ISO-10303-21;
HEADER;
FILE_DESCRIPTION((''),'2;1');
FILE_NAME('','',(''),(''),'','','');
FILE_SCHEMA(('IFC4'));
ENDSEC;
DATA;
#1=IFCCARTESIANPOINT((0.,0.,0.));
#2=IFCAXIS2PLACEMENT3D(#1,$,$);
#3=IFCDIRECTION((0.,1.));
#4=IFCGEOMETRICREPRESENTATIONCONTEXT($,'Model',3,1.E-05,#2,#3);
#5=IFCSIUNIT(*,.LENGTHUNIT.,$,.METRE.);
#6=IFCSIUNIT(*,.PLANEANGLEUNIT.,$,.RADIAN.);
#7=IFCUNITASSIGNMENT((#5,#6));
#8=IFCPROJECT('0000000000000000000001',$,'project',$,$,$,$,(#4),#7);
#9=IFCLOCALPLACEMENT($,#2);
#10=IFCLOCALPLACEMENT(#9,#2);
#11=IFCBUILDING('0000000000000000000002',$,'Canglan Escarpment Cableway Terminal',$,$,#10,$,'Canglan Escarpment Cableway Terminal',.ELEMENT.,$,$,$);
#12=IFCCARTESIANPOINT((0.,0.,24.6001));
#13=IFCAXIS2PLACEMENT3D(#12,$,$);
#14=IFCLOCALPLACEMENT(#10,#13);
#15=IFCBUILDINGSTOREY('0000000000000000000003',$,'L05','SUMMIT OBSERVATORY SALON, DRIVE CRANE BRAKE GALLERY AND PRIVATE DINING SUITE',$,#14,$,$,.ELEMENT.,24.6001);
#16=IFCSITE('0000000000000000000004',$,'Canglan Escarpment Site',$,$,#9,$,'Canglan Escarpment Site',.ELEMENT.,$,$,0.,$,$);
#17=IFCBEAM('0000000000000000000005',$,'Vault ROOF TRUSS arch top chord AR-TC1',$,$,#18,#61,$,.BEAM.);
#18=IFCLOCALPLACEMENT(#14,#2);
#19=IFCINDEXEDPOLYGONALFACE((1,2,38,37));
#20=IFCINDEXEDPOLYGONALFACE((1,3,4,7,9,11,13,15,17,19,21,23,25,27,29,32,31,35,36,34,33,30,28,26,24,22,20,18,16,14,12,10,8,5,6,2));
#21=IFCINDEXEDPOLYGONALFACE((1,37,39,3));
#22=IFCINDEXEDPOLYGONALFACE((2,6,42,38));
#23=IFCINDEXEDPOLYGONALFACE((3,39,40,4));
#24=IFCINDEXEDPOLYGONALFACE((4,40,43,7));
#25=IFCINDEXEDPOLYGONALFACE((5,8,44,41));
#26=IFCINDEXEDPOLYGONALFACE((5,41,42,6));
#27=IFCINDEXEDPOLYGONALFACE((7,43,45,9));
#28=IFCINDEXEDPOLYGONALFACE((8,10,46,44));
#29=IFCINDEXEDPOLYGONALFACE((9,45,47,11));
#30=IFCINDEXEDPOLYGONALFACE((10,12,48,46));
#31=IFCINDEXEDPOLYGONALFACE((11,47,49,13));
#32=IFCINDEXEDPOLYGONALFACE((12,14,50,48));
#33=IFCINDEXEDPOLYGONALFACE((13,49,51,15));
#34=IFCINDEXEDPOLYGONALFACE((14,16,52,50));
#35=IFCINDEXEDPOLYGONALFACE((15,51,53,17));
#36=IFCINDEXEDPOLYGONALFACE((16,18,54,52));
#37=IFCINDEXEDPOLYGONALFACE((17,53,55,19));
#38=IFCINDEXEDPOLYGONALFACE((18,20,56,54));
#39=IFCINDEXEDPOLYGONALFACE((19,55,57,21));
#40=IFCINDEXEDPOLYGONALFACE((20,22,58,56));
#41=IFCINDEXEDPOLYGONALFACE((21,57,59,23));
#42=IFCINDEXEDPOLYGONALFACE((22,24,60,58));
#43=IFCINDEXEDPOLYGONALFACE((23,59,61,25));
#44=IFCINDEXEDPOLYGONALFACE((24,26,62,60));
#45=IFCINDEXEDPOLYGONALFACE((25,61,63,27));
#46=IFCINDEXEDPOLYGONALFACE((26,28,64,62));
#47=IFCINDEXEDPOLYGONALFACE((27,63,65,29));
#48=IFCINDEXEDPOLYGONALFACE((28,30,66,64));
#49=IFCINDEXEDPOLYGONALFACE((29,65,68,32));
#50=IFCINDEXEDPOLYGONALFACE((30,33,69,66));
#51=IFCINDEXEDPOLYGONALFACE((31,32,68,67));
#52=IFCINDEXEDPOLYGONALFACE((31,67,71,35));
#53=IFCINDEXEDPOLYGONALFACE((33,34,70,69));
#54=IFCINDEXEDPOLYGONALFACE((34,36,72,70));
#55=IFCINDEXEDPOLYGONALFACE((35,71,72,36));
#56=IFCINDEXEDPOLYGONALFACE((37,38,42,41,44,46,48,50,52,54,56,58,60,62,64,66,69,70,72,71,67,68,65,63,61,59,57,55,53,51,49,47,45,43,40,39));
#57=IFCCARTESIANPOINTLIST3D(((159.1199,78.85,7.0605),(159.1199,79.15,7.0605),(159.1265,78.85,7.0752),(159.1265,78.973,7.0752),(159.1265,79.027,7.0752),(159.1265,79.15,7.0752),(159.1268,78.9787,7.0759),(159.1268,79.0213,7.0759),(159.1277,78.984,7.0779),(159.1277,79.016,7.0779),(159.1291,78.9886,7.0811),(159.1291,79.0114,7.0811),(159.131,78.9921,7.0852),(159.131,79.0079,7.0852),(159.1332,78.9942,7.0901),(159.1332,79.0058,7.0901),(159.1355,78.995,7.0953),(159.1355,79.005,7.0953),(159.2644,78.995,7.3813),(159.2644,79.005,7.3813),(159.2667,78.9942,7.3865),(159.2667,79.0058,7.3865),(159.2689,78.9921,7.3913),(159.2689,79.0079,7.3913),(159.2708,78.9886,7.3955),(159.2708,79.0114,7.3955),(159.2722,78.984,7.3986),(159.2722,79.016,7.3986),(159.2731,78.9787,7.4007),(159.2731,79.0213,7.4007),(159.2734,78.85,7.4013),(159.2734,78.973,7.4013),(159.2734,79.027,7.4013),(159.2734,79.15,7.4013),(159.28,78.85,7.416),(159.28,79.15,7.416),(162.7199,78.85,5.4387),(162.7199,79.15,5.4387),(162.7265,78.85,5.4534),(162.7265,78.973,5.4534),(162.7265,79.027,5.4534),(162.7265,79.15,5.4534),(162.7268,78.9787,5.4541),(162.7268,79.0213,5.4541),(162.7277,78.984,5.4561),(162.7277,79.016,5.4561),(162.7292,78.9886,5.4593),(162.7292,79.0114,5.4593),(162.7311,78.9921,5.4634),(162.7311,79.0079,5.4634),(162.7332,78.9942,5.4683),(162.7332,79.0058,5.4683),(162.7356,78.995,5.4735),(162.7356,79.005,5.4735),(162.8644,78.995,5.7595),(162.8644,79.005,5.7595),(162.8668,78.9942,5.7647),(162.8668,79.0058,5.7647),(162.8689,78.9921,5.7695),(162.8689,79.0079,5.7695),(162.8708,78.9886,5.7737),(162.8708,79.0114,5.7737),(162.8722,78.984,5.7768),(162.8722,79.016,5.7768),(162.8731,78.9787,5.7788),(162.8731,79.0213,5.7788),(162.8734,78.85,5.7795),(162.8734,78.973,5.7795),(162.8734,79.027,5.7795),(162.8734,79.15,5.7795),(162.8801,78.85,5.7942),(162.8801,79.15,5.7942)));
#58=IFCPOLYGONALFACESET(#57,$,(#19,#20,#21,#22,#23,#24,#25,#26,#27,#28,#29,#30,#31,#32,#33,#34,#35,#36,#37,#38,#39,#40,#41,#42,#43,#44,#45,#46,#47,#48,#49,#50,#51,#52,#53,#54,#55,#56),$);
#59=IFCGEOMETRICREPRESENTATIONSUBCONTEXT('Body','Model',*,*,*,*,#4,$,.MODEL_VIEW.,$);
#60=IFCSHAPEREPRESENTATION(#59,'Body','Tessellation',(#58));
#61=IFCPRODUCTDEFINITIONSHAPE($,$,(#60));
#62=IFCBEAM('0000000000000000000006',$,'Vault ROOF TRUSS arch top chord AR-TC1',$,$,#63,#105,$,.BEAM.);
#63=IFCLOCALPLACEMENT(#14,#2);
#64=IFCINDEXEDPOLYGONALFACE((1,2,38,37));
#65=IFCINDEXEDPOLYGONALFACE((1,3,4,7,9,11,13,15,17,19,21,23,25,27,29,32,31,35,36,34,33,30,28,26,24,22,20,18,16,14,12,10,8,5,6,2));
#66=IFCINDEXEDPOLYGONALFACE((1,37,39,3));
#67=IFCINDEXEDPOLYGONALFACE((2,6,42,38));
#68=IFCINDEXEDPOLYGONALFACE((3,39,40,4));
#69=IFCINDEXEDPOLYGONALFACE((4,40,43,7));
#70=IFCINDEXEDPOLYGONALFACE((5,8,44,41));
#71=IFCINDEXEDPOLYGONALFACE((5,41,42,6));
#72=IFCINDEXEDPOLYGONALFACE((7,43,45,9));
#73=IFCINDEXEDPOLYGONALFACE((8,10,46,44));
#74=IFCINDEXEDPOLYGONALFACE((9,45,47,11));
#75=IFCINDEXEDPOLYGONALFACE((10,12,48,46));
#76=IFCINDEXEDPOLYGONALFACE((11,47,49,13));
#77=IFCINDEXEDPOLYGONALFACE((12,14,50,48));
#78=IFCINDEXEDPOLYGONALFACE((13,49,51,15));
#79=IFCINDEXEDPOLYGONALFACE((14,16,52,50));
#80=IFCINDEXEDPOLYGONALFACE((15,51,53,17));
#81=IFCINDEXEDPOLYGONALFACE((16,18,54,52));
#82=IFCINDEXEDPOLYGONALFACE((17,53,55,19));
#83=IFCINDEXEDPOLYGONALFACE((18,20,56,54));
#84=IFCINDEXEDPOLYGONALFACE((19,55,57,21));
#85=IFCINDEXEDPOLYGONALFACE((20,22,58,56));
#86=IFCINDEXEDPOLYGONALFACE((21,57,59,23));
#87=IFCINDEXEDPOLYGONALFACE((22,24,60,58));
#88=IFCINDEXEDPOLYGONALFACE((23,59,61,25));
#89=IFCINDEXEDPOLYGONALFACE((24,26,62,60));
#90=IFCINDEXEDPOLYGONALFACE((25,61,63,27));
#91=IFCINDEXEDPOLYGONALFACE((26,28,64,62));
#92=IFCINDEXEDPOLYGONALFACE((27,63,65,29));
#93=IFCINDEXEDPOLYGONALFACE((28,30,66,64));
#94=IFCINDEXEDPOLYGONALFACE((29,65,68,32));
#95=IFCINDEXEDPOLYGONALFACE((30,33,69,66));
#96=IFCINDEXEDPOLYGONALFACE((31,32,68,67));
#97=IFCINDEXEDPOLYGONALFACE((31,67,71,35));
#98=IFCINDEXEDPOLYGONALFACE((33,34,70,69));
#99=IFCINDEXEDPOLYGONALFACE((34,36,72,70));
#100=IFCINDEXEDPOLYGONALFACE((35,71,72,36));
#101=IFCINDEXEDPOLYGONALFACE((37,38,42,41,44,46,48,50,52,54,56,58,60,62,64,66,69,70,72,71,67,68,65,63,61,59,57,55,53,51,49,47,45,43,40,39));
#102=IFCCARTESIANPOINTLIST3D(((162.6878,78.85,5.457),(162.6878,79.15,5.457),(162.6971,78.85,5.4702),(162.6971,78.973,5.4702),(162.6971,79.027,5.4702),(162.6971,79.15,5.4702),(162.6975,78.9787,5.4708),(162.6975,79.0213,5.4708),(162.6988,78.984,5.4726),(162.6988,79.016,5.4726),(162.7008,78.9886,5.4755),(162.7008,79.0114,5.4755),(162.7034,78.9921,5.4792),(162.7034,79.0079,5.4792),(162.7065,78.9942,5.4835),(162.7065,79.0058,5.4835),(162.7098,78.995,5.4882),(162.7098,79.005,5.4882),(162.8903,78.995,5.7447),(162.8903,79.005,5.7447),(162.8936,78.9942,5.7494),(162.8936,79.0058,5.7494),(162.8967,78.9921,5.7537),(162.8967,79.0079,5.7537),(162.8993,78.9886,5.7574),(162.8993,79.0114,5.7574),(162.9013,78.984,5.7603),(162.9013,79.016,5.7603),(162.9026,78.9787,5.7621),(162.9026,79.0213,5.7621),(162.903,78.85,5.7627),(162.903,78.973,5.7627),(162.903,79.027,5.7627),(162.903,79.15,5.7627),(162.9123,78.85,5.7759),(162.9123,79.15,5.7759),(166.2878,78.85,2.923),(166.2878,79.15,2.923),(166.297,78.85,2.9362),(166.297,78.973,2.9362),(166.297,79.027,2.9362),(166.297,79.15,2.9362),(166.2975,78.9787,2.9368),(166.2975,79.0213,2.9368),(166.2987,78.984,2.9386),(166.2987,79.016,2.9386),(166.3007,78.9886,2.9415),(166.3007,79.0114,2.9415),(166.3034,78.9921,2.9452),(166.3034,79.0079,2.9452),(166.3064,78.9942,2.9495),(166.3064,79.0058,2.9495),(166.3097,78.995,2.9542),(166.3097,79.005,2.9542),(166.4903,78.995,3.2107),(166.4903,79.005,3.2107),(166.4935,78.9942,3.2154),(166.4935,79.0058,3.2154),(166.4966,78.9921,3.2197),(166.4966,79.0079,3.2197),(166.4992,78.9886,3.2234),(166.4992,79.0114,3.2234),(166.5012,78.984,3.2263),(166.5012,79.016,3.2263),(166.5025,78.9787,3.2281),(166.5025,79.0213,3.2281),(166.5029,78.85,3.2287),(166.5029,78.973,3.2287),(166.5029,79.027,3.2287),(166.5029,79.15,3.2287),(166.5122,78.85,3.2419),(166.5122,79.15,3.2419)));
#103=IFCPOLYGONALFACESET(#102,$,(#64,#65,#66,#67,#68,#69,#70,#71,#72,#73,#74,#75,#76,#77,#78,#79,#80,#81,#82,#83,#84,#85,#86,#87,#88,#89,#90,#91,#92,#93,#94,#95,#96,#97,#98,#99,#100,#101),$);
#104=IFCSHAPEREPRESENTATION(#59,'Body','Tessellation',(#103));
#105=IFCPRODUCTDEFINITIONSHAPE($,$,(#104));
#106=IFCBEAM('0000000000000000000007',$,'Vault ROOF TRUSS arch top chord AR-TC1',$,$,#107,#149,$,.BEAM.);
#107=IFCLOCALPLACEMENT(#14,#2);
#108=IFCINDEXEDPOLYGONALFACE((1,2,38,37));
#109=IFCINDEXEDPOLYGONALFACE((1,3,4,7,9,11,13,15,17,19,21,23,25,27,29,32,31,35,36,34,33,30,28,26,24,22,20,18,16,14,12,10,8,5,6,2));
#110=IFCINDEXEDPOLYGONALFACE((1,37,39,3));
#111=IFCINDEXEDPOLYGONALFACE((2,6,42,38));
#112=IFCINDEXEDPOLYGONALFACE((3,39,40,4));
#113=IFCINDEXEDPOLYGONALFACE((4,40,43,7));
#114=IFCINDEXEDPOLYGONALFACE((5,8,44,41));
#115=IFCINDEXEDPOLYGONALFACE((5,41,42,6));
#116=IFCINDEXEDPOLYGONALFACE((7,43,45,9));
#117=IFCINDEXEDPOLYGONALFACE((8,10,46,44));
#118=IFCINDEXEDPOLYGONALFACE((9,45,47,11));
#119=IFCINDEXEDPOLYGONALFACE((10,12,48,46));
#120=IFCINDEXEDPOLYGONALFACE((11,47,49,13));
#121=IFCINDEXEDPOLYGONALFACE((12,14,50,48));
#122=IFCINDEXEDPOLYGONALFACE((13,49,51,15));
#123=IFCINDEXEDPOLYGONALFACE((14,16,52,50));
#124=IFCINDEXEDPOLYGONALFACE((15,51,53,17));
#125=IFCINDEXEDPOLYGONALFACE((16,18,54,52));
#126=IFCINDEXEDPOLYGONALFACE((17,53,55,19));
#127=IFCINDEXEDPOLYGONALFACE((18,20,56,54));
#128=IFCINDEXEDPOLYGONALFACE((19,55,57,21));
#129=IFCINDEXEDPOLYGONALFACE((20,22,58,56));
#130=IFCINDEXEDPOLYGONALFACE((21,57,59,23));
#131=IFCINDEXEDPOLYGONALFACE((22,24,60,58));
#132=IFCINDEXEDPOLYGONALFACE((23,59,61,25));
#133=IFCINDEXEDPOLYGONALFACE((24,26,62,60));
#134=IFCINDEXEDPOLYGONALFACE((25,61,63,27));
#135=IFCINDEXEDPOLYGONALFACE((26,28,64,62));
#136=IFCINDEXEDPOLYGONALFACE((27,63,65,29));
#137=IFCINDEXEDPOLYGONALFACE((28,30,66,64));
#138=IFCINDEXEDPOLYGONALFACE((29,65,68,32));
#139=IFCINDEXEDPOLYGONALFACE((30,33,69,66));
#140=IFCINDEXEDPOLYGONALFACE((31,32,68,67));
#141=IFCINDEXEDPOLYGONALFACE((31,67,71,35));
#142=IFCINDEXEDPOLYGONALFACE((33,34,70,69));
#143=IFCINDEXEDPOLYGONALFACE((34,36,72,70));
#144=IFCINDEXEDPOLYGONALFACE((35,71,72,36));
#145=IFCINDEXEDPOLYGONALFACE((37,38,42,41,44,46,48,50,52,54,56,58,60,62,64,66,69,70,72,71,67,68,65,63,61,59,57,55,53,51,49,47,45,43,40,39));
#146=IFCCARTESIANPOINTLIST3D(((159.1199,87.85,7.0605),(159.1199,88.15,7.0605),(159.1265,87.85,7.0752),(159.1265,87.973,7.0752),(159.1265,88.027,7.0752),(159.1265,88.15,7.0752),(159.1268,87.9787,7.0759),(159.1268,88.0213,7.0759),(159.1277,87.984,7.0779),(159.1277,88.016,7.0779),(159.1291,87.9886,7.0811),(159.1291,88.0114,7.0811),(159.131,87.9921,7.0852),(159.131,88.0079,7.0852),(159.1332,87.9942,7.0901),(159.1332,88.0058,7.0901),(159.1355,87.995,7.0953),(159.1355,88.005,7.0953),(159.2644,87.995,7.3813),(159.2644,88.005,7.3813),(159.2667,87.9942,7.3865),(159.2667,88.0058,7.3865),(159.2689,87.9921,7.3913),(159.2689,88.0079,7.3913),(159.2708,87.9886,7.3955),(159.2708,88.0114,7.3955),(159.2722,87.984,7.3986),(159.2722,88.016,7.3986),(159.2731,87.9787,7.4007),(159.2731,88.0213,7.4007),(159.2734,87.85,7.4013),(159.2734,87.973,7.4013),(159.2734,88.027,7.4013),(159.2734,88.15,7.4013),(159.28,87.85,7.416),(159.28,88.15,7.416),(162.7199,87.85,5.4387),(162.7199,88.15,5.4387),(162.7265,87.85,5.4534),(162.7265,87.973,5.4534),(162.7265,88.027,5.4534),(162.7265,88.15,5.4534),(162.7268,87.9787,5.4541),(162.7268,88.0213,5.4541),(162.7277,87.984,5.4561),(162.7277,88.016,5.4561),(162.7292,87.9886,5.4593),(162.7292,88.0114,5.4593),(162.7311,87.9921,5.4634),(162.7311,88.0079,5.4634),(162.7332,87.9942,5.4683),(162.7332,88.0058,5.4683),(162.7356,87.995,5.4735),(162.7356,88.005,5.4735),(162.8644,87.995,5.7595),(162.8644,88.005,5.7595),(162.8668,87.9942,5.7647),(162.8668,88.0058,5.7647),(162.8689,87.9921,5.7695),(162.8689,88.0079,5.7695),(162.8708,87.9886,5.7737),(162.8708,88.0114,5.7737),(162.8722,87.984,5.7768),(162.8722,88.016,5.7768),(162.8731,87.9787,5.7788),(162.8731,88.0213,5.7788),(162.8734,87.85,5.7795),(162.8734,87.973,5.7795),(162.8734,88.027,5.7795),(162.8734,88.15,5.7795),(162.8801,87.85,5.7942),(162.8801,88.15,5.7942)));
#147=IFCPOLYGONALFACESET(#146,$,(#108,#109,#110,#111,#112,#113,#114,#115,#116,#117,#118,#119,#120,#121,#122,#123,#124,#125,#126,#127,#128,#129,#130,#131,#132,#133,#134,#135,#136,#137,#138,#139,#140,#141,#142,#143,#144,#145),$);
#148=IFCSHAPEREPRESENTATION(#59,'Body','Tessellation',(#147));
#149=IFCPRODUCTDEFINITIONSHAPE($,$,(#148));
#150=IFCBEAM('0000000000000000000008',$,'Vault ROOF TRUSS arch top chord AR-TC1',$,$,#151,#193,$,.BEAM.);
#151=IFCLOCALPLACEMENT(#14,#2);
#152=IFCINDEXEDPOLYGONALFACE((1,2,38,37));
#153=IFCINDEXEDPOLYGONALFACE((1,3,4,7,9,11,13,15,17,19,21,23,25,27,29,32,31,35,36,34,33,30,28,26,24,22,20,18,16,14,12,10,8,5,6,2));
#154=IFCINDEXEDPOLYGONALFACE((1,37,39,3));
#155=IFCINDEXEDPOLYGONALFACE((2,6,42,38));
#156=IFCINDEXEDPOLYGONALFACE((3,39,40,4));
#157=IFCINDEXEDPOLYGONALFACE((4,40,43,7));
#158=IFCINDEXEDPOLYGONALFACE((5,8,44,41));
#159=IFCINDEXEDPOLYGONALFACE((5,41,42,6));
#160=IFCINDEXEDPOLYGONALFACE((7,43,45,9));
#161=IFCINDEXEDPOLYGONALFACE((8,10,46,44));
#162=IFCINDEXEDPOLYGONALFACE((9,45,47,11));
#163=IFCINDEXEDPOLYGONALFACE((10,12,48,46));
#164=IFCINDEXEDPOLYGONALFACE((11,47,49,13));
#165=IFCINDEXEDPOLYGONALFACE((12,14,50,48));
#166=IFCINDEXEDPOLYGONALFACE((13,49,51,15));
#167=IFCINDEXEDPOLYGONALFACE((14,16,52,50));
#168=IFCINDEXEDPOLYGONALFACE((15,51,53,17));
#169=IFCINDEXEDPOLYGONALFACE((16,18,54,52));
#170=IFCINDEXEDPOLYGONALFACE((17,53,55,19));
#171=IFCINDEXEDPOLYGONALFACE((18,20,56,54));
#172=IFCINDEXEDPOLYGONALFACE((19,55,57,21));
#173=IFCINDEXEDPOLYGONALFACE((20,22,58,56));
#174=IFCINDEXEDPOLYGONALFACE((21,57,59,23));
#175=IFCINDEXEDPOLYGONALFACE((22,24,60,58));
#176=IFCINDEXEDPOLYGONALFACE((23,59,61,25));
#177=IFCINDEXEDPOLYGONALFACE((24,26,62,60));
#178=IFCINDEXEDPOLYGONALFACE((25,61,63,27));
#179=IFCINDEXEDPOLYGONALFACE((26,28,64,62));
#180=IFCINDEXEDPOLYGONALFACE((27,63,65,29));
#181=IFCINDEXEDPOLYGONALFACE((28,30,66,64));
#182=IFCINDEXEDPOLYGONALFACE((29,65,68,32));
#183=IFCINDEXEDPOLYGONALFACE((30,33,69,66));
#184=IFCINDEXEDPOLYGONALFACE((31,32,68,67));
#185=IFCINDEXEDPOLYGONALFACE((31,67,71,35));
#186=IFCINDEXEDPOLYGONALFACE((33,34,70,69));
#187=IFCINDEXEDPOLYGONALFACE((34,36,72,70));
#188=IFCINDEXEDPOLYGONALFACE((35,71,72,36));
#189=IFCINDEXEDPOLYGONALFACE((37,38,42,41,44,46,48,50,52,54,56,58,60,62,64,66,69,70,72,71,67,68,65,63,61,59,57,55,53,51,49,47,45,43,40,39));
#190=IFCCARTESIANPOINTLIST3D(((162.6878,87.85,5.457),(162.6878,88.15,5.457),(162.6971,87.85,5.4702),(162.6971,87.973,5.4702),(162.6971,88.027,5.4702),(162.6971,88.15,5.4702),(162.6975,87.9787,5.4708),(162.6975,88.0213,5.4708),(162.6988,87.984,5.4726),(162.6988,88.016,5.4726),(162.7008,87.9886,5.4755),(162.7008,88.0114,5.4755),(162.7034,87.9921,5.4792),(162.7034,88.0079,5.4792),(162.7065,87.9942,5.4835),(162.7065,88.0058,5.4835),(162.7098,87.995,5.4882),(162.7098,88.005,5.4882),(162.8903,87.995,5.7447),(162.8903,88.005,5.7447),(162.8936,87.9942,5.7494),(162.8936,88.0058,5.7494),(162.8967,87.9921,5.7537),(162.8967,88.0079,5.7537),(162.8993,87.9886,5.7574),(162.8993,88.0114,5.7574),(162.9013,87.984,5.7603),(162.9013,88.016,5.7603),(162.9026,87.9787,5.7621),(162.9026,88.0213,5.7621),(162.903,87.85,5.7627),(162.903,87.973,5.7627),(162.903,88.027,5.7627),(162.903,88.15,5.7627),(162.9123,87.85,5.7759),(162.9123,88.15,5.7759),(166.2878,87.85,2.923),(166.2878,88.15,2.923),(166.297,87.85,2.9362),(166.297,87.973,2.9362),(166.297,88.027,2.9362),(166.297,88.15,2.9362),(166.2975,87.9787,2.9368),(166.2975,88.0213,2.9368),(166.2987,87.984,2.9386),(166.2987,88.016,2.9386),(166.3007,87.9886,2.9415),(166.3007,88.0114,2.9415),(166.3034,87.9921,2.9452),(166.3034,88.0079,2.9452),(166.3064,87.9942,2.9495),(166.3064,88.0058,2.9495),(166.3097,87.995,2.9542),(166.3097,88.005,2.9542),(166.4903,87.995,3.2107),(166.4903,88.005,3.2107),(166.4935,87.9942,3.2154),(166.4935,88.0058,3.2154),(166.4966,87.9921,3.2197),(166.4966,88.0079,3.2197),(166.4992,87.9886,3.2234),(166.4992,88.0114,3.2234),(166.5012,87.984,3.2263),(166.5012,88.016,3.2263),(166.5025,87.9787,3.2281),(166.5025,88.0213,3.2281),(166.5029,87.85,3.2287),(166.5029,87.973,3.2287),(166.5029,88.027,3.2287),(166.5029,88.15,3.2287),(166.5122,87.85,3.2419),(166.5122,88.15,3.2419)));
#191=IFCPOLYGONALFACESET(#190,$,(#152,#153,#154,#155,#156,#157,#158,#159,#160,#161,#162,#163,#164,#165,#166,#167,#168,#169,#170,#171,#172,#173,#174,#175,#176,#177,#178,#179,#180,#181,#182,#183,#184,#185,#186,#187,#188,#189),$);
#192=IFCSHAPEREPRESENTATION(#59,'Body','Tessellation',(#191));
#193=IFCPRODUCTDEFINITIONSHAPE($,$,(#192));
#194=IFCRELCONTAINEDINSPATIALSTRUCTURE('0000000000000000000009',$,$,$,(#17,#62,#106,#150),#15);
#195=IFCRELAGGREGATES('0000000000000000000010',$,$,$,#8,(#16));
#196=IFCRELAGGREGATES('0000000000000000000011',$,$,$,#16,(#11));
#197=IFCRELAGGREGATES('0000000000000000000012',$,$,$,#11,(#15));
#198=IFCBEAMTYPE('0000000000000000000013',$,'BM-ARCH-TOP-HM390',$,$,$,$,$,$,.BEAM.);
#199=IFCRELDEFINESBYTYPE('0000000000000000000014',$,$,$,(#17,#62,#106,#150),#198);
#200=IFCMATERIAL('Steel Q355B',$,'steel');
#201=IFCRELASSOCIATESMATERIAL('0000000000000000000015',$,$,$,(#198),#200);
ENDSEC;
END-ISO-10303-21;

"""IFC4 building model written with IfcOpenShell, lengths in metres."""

from ifc_helpers import new_model, si_unit, direction, frame, origin, origin_2d, place, context, subcontext, project, spatial, i_section, extrude, material, material_profile, profile_set, type_object, element, save


model = new_model("IFC4")

# Units and contexts
model_context = context("Model", 3, precision=1e-05, world=origin(), true_north=direction((0.0, 1.0)))
body_context = subcontext(model_context, "Body", "Model", "MODEL_VIEW")
ifc_project = project(units=[si_unit("LENGTHUNIT", "METRE"), si_unit("PLANEANGLEUNIT", "RADIAN")], contexts=[model_context])

# Site, building, storey
site_placement = place(None, origin())
site = spatial("IfcSite", under=ifc_project, at=site_placement, Name="Canglan Escarpment Site", LongName="Canglan Escarpment Site", CompositionType="ELEMENT", RefElevation=0.0)
building_placement = place(site_placement, origin())
building = spatial("IfcBuilding", under=site, at=building_placement, Name="Canglan Escarpment Cableway Terminal", LongName="Canglan Escarpment Cableway Terminal", CompositionType="ELEMENT")
storey_placement = place(building_placement, frame((0.0, 0.0, 24.6001)))
storey = spatial("IfcBuildingStorey", under=building, at=storey_placement, Name="L05", Description="SUMMIT OBSERVATORY SALON, DRIVE CRANE BRAKE GALLERY AND PRIVATE DINING SUITE", CompositionType="ELEMENT", Elevation=24.6001)

# Beams
ifc_material = material(Name="Steel Q355B", Category="steel")
ifc_material_profile_1 = material_profile(ifc_material, i_section(OverallWidth=0.3, OverallDepth=0.3899, WebThickness=0.01, FlangeThickness=0.0161, FilletRadius=0.022, at=origin_2d()), Name="HM 390x300x10x16")
ifc_profile_set_1 = profile_set([ifc_material_profile_1], Name="Steel Q355B")
beam_type = type_object("IfcBeamType", Name="BM-ARCH-TOP-HM390", PredefinedType="BEAM", material=ifc_profile_set_1)
beam_1_placement = place(storey_placement, frame((159.2, 79.0, 7.2383), z_axis=(0.911753, 0.0, -0.41074), x_axis=(0.0, 1.0, 0.0)))
element("IfcBeam", 1, at=beam_1_placement, inside=storey, type_object=beam_type, Name="Vault ROOF TRUSS arch top chord AR-TC1", PredefinedType="BEAM", context=body_context, shape_type="SweptSolid", body=[
    extrude(i_section(OverallWidth=0.3, OverallDepth=0.3899, WebThickness=0.01, FlangeThickness=0.0161, FilletRadius=0.022, at=origin_2d()), origin(), (0.0, 0.0, 1.0), 3.9485),
])
beam_2_placement = place(storey_placement, frame((162.8, 79.0, 5.6165), z_axis=(0.817731, 0.0, -0.575601), x_axis=(0.0, 1.0, 0.0)))
element("IfcBeam", 2, at=beam_2_placement, inside=storey, type_object=beam_type, Name="Vault ROOF TRUSS arch top chord AR-TC1", PredefinedType="BEAM", context=body_context, shape_type="SweptSolid", body=[
    extrude(i_section(OverallWidth=0.3, OverallDepth=0.3899, WebThickness=0.01, FlangeThickness=0.0161, FilletRadius=0.022, at=origin_2d()), origin(), (0.0, 0.0, 1.0), 4.4023),
])
beam_3_placement = place(storey_placement, frame((159.2, 88.0, 7.2383), z_axis=(0.911753, 0.0, -0.41074), x_axis=(0.0, 1.0, 0.0)))
element("IfcBeam", 3, at=beam_3_placement, inside=storey, type_object=beam_type, Name="Vault ROOF TRUSS arch top chord AR-TC1", PredefinedType="BEAM", context=body_context, shape_type="SweptSolid", body=[
    extrude(i_section(OverallWidth=0.3, OverallDepth=0.3899, WebThickness=0.01, FlangeThickness=0.0161, FilletRadius=0.022, at=origin_2d()), origin(), (0.0, 0.0, 1.0), 3.9485),
])
beam_4_placement = place(storey_placement, frame((162.8, 88.0, 5.6165), z_axis=(0.817731, 0.0, -0.575601), x_axis=(0.0, 1.0, 0.0)))
element("IfcBeam", 4, at=beam_4_placement, inside=storey, type_object=beam_type, Name="Vault ROOF TRUSS arch top chord AR-TC1", PredefinedType="BEAM", context=body_context, shape_type="SweptSolid", body=[
    extrude(i_section(OverallWidth=0.3, OverallDepth=0.3899, WebThickness=0.01, FlangeThickness=0.0161, FilletRadius=0.022, at=origin_2d()), origin(), (0.0, 0.0, 1.0), 4.4023),
])

save(model, "model.ifc")
